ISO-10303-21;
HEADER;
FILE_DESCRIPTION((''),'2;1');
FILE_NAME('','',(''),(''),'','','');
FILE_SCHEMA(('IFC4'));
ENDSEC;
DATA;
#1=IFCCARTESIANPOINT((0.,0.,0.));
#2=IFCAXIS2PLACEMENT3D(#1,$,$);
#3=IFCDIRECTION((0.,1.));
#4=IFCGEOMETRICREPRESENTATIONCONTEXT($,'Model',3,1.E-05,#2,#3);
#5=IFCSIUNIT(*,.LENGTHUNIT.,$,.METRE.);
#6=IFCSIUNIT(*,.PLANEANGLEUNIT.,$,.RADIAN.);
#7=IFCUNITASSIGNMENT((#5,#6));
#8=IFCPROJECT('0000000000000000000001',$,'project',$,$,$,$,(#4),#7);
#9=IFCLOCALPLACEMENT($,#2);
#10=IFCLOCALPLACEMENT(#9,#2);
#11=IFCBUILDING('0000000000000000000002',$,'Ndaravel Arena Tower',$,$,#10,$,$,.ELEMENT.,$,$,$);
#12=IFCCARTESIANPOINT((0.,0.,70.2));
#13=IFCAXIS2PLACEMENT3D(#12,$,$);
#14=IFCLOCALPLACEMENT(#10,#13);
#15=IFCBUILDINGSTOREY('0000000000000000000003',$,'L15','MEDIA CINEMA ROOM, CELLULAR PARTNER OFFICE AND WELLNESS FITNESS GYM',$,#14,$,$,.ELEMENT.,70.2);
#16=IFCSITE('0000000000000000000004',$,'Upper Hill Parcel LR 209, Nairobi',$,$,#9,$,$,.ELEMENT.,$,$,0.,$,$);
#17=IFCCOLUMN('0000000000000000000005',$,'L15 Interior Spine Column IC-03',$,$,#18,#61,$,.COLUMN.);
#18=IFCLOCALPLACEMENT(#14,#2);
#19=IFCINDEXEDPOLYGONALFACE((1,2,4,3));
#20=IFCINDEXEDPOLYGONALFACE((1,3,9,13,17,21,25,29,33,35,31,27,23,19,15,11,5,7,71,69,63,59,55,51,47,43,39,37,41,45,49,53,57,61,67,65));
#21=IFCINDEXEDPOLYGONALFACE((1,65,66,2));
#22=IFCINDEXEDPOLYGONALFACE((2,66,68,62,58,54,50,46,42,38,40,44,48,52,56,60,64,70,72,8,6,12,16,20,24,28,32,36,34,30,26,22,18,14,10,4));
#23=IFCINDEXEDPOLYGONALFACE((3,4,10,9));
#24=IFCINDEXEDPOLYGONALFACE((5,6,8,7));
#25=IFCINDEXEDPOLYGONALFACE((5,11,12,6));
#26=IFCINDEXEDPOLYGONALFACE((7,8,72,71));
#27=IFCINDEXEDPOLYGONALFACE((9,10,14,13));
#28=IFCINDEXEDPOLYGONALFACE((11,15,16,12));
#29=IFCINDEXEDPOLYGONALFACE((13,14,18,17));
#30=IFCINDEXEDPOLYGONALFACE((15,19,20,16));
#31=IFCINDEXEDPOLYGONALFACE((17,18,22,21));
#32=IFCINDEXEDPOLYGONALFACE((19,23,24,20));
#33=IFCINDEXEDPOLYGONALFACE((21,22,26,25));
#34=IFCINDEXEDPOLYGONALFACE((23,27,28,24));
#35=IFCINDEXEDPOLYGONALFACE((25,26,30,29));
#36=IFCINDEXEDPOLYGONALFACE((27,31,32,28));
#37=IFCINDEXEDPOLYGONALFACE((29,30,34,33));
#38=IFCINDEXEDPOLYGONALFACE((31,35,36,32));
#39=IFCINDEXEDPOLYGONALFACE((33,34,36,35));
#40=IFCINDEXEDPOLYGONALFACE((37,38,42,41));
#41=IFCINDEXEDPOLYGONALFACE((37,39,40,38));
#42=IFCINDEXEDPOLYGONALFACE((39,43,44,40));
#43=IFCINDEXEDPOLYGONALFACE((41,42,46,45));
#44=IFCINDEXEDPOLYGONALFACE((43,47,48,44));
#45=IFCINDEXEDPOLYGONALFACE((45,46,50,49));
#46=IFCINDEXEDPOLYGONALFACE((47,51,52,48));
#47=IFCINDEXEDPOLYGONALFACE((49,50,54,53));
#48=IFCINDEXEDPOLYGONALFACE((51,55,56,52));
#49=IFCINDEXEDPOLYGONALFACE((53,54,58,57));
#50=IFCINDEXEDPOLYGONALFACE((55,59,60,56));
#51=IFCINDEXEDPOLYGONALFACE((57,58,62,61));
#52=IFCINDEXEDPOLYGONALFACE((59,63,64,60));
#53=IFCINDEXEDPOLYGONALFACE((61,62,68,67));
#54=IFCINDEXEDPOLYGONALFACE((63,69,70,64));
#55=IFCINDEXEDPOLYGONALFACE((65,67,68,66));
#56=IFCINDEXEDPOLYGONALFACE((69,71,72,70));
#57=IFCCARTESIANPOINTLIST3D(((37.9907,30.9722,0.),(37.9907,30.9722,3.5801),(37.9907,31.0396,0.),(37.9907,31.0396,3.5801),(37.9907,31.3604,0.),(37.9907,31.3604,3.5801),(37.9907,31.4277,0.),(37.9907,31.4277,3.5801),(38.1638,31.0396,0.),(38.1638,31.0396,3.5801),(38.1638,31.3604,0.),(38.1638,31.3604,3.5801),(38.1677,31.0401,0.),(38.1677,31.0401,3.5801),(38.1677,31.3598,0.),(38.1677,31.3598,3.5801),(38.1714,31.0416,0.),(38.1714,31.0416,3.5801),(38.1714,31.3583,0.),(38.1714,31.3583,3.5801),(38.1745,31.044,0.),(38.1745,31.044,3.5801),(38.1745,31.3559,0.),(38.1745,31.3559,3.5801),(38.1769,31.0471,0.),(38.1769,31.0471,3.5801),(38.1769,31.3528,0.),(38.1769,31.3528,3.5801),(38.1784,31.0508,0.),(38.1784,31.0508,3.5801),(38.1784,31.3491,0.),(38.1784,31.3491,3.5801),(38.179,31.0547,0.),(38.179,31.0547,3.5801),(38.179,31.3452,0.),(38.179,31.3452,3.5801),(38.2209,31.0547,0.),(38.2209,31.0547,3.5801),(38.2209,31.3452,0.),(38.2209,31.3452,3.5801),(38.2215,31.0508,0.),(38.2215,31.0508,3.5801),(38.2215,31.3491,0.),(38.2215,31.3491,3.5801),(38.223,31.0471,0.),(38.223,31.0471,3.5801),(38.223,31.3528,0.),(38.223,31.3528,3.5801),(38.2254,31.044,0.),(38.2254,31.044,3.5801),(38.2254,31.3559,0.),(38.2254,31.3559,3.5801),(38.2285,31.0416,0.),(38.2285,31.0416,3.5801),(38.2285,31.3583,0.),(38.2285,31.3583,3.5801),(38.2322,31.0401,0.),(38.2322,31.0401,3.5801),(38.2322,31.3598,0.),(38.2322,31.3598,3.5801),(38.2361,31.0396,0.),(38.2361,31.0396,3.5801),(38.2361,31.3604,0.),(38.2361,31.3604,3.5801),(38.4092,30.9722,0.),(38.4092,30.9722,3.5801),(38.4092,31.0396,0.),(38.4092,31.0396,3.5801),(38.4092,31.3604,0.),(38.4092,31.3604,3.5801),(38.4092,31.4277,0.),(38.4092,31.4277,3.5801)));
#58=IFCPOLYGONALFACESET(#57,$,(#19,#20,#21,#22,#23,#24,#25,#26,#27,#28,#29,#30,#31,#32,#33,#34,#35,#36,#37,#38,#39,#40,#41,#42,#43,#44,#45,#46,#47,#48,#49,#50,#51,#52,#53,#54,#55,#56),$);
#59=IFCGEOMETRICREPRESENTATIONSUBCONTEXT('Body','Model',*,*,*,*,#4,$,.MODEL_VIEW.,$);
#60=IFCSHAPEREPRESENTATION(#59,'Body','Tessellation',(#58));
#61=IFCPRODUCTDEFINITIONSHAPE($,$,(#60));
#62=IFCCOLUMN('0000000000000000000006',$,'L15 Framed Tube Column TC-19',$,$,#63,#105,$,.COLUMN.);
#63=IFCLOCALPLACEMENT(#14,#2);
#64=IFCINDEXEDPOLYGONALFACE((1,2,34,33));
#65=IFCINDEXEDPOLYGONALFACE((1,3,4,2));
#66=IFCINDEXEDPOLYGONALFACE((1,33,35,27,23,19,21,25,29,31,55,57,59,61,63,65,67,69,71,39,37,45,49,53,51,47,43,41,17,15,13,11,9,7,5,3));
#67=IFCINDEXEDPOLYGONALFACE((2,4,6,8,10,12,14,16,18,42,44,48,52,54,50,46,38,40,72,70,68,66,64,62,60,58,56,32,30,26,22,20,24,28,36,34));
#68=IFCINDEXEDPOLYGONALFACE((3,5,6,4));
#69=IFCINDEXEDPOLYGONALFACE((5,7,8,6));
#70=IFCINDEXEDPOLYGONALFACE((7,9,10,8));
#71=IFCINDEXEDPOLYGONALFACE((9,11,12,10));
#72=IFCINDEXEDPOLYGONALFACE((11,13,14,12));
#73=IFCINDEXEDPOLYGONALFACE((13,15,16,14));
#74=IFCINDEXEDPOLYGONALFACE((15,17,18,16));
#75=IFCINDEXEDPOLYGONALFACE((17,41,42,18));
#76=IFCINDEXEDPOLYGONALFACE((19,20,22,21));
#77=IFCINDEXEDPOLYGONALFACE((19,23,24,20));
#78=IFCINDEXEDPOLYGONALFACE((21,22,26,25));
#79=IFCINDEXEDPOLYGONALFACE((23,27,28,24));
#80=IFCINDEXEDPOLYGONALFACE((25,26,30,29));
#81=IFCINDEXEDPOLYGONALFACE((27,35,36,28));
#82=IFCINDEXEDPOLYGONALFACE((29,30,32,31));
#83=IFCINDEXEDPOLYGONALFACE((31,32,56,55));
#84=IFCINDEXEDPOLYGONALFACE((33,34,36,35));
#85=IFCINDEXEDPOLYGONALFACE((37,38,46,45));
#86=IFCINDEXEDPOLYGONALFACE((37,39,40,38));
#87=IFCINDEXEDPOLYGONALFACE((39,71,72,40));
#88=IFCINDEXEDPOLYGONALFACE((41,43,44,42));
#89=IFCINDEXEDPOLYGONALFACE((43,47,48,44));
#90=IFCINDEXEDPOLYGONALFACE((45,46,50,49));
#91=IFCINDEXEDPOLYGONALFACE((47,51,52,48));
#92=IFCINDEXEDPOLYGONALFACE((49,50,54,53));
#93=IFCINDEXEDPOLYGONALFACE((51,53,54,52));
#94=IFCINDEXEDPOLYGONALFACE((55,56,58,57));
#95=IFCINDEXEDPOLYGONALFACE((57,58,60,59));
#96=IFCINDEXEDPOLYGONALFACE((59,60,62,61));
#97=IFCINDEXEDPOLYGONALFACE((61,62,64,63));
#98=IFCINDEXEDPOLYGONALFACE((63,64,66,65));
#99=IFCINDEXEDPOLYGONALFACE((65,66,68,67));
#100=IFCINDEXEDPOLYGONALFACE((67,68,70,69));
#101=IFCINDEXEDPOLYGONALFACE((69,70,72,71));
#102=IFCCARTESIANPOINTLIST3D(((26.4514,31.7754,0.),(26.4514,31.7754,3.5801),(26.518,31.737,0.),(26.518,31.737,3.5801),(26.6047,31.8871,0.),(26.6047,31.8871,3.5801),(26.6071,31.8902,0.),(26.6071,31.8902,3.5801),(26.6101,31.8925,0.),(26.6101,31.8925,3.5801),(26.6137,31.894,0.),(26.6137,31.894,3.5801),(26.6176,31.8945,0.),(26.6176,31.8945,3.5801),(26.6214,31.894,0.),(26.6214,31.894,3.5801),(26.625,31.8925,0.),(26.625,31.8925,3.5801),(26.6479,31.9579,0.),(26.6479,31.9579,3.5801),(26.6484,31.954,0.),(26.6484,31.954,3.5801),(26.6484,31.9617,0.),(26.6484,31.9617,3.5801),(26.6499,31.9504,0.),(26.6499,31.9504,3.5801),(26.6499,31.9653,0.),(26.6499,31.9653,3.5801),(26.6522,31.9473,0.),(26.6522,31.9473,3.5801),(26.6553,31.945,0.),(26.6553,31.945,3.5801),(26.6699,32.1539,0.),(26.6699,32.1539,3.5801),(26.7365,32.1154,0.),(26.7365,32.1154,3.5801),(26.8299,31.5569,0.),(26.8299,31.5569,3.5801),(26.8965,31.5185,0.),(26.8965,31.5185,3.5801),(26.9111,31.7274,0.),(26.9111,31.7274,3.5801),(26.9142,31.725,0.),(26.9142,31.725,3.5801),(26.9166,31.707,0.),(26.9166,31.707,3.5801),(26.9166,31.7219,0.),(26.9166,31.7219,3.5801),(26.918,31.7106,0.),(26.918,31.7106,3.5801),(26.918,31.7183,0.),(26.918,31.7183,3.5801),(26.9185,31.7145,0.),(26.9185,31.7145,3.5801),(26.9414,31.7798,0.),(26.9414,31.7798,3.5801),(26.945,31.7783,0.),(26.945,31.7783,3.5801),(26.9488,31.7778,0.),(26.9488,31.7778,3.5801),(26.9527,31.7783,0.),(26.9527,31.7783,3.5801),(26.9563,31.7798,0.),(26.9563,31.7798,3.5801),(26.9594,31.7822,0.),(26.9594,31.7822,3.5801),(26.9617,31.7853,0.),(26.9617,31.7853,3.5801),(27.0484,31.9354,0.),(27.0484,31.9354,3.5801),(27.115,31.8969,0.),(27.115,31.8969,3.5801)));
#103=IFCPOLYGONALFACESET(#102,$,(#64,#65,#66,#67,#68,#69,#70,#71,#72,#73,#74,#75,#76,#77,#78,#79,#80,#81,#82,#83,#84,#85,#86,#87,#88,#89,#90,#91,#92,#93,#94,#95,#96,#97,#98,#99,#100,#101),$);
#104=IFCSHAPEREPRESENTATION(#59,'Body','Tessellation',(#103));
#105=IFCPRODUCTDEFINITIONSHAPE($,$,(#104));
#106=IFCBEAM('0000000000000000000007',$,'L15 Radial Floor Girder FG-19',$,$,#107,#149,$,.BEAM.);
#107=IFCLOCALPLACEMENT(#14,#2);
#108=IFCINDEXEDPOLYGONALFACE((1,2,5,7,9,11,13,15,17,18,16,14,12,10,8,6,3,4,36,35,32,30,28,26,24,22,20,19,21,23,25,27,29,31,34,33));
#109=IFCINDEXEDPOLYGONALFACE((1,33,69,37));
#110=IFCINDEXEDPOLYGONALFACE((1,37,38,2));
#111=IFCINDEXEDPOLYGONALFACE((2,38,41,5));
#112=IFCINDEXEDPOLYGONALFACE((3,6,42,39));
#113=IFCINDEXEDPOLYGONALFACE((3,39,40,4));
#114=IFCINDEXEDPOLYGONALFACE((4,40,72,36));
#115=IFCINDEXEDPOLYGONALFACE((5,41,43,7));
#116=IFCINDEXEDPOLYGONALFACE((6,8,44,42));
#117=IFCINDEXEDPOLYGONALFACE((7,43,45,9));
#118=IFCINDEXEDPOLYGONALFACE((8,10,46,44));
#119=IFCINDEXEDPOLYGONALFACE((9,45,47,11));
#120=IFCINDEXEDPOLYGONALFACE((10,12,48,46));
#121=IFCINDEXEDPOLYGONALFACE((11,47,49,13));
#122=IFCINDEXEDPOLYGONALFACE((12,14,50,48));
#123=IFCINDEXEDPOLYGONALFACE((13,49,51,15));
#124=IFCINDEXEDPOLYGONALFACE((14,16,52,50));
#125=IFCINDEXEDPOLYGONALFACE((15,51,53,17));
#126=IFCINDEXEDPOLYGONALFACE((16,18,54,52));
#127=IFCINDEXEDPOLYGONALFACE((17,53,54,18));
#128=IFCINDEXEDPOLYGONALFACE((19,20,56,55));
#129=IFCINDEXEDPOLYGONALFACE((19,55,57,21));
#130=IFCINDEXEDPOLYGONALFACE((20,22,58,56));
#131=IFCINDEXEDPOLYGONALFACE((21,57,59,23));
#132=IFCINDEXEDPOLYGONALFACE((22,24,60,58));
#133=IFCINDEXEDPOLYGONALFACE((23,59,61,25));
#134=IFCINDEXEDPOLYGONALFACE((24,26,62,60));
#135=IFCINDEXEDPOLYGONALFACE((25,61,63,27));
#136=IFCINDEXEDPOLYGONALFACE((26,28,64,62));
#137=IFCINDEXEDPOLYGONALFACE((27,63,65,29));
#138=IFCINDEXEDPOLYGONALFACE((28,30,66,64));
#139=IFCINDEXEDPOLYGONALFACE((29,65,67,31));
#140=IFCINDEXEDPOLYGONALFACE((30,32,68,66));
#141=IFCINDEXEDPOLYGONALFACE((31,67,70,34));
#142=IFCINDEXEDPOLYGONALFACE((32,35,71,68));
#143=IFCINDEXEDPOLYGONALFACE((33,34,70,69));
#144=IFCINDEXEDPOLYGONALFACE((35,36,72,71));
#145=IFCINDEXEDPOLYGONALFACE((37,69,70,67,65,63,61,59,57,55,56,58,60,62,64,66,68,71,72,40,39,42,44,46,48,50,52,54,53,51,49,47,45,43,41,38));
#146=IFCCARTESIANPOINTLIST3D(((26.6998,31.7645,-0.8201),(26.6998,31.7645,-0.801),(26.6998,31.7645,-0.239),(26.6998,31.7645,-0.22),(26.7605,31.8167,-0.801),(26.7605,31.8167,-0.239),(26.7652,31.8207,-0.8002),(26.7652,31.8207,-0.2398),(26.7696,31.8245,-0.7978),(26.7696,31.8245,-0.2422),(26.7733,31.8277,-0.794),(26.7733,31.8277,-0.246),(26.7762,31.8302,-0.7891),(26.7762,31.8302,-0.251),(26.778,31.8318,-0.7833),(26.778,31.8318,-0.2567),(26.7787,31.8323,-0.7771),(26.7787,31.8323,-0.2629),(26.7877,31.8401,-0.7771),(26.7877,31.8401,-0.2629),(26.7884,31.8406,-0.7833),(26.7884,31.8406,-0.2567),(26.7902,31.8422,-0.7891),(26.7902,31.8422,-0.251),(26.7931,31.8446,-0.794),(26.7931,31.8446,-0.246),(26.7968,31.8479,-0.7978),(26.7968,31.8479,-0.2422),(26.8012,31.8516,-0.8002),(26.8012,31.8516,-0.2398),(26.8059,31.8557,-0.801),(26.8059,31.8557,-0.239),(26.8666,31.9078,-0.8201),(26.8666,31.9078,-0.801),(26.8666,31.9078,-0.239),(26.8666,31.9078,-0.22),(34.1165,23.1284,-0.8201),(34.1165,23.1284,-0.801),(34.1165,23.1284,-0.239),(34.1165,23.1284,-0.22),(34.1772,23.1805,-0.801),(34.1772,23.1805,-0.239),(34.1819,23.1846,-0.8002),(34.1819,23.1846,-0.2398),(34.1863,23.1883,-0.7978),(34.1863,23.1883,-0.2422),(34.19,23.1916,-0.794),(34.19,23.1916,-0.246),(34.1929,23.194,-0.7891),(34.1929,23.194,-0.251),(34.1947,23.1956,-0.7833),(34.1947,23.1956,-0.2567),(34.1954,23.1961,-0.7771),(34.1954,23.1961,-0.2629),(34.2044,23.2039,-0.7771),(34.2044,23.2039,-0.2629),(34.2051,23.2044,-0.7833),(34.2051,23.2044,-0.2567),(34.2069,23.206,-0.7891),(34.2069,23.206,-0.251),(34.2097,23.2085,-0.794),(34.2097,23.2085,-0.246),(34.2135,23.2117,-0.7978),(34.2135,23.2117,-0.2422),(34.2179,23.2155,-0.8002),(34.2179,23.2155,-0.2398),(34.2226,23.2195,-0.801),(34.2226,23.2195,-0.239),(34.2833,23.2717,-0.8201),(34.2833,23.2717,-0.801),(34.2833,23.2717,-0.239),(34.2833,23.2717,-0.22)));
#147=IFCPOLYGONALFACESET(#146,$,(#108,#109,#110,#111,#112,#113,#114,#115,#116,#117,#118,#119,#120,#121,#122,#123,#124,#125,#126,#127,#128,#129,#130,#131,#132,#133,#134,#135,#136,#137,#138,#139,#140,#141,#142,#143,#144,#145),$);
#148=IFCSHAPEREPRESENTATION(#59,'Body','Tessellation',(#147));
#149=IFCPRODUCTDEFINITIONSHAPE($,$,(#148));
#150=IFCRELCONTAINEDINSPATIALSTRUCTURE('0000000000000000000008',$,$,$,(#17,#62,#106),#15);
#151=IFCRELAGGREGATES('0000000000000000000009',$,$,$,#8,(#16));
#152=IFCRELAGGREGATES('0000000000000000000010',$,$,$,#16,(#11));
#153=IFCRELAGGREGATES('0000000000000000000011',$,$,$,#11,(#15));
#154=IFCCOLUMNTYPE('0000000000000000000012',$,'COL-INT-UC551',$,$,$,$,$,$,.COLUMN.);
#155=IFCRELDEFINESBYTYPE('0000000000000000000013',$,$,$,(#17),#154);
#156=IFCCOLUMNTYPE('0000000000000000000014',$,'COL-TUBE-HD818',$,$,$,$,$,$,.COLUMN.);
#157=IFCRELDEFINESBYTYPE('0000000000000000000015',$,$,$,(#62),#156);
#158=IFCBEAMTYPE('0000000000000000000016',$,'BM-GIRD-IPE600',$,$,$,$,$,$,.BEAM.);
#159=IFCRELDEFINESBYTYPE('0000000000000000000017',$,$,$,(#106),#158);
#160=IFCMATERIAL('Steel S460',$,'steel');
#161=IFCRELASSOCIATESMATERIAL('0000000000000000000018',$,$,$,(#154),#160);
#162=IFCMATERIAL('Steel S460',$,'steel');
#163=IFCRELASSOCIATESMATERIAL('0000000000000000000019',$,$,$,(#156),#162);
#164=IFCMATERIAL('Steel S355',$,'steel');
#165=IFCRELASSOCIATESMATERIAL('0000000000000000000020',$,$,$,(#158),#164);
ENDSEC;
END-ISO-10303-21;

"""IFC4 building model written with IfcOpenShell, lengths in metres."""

from ifc_helpers import new_model, si_unit, direction, frame, origin, origin_2d, place, context, subcontext, project, spatial, i_section, extrude, material, material_profile, profile_set, type_object, element, save


model = new_model("IFC4")

# Units and contexts
model_context = context("Model", 3, precision=1e-05, world=origin(), true_north=direction((0.0, 1.0)))
body_context = subcontext(model_context, "Body", "Model", "MODEL_VIEW")
ifc_project = project(units=[si_unit("LENGTHUNIT", "METRE"), si_unit("PLANEANGLEUNIT", "RADIAN")], contexts=[model_context])

# Site, building, storey
site_placement = place(None, origin())
site = spatial("IfcSite", under=ifc_project, at=site_placement, Name="Upper Hill Parcel LR 209, Nairobi", CompositionType="ELEMENT", RefElevation=0.0)
building_placement = place(site_placement, origin())
building = spatial("IfcBuilding", under=site, at=building_placement, Name="Ndaravel Arena Tower", CompositionType="ELEMENT")
storey_placement = place(building_placement, frame((0.0, 0.0, 70.2)))
storey = spatial("IfcBuildingStorey", under=building, at=storey_placement, Name="L15", Description="MEDIA CINEMA ROOM, CELLULAR PARTNER OFFICE AND WELLNESS FITNESS GYM", CompositionType="ELEMENT", Elevation=70.2)

# Columns
ifc_material_1 = material(Name="Steel S460", Category="steel")
ifc_material_profile_1 = material_profile(ifc_material_1, i_section(OverallWidth=0.4185, OverallDepth=0.4556, WebThickness=0.042, FlangeThickness=0.0674, FilletRadius=0.0151, at=origin_2d()), Name="UC 356x406x551")
ifc_profile_set_1 = profile_set([ifc_material_profile_1], Name="Steel S460")
column_type_1 = type_object("IfcColumnType", Name="COL-INT-UC551", PredefinedType="COLUMN", material=ifc_profile_set_1)
column_1_placement = place(storey_placement, frame((38.2, 31.2, 0.0), z_axis=(0.0, 0.0, 1.0), x_axis=(1.0, 0.0, 0.0)))
element("IfcColumn", 1, at=column_1_placement, inside=storey, type_object=column_type_1, Name="L15 Interior Spine Column IC-03", PredefinedType="COLUMN", context=body_context, shape_type="SweptSolid", body=[
    extrude(i_section(OverallWidth=0.4185, OverallDepth=0.4556, WebThickness=0.042, FlangeThickness=0.0674, FilletRadius=0.0151, at=origin_2d()), origin(), (0.0, 0.0, 1.0), 3.5801),
])
ifc_material_2 = material(Name="Steel S460", Category="steel")
ifc_material_profile_2 = material_profile(ifc_material_2, i_section(OverallWidth=0.437, OverallDepth=0.5139, WebThickness=0.0605, FlangeThickness=0.0769, FilletRadius=0.0149, at=origin_2d()), Name="HD 400x818")
ifc_profile_set_2 = profile_set([ifc_material_profile_2], Name="Steel S460")
column_type_2 = type_object("IfcColumnType", Name="COL-TUBE-HD818", PredefinedType="COLUMN", material=ifc_profile_set_2)
column_2_placement = place(storey_placement, frame((26.7832, 31.8362, 0.0), z_axis=(0.0, 0.0, 1.0), x_axis=(0.5, 0.866025, 0.0)))
element("IfcColumn", 2, at=column_2_placement, inside=storey, type_object=column_type_2, Name="L15 Framed Tube Column TC-19", PredefinedType="COLUMN", context=body_context, shape_type="SweptSolid", body=[
    extrude(i_section(OverallWidth=0.437, OverallDepth=0.5139, WebThickness=0.0605, FlangeThickness=0.0769, FilletRadius=0.0149, at=origin_2d()), origin(), (0.0, 0.0, 1.0), 3.5801),
])

# Beam
ifc_material_3 = material(Name="Steel S355", Category="steel")
ifc_material_profile_3 = material_profile(ifc_material_3, i_section(OverallWidth=0.22, OverallDepth=0.6001, WebThickness=0.012, FlangeThickness=0.019, FilletRadius=0.0239, at=origin_2d()), Name="IPE 600")
ifc_profile_set_3 = profile_set([ifc_material_profile_3], Name="Steel S355")
beam_type_1 = type_object("IfcBeamType", Name="BM-GIRD-IPE600", PredefinedType="BEAM", material=ifc_profile_set_3)
beam_1_placement = place(storey_placement, frame((26.7832, 31.8362, -0.52), z_axis=(0.651513, -0.758637, 0.0), x_axis=(0.758637, 0.651513, 0.0)))
element("IfcBeam", 3, at=beam_1_placement, inside=storey, type_object=beam_type_1, Name="L15 Radial Floor Girder FG-19", PredefinedType="BEAM", context=body_context, shape_type="SweptSolid", body=[
    extrude(i_section(OverallWidth=0.22, OverallDepth=0.6001, WebThickness=0.012, FlangeThickness=0.019, FilletRadius=0.0239, at=origin_2d()), origin(), (0.0, 0.0, 1.0), 11.3838),
])

save(model, "model.ifc")
